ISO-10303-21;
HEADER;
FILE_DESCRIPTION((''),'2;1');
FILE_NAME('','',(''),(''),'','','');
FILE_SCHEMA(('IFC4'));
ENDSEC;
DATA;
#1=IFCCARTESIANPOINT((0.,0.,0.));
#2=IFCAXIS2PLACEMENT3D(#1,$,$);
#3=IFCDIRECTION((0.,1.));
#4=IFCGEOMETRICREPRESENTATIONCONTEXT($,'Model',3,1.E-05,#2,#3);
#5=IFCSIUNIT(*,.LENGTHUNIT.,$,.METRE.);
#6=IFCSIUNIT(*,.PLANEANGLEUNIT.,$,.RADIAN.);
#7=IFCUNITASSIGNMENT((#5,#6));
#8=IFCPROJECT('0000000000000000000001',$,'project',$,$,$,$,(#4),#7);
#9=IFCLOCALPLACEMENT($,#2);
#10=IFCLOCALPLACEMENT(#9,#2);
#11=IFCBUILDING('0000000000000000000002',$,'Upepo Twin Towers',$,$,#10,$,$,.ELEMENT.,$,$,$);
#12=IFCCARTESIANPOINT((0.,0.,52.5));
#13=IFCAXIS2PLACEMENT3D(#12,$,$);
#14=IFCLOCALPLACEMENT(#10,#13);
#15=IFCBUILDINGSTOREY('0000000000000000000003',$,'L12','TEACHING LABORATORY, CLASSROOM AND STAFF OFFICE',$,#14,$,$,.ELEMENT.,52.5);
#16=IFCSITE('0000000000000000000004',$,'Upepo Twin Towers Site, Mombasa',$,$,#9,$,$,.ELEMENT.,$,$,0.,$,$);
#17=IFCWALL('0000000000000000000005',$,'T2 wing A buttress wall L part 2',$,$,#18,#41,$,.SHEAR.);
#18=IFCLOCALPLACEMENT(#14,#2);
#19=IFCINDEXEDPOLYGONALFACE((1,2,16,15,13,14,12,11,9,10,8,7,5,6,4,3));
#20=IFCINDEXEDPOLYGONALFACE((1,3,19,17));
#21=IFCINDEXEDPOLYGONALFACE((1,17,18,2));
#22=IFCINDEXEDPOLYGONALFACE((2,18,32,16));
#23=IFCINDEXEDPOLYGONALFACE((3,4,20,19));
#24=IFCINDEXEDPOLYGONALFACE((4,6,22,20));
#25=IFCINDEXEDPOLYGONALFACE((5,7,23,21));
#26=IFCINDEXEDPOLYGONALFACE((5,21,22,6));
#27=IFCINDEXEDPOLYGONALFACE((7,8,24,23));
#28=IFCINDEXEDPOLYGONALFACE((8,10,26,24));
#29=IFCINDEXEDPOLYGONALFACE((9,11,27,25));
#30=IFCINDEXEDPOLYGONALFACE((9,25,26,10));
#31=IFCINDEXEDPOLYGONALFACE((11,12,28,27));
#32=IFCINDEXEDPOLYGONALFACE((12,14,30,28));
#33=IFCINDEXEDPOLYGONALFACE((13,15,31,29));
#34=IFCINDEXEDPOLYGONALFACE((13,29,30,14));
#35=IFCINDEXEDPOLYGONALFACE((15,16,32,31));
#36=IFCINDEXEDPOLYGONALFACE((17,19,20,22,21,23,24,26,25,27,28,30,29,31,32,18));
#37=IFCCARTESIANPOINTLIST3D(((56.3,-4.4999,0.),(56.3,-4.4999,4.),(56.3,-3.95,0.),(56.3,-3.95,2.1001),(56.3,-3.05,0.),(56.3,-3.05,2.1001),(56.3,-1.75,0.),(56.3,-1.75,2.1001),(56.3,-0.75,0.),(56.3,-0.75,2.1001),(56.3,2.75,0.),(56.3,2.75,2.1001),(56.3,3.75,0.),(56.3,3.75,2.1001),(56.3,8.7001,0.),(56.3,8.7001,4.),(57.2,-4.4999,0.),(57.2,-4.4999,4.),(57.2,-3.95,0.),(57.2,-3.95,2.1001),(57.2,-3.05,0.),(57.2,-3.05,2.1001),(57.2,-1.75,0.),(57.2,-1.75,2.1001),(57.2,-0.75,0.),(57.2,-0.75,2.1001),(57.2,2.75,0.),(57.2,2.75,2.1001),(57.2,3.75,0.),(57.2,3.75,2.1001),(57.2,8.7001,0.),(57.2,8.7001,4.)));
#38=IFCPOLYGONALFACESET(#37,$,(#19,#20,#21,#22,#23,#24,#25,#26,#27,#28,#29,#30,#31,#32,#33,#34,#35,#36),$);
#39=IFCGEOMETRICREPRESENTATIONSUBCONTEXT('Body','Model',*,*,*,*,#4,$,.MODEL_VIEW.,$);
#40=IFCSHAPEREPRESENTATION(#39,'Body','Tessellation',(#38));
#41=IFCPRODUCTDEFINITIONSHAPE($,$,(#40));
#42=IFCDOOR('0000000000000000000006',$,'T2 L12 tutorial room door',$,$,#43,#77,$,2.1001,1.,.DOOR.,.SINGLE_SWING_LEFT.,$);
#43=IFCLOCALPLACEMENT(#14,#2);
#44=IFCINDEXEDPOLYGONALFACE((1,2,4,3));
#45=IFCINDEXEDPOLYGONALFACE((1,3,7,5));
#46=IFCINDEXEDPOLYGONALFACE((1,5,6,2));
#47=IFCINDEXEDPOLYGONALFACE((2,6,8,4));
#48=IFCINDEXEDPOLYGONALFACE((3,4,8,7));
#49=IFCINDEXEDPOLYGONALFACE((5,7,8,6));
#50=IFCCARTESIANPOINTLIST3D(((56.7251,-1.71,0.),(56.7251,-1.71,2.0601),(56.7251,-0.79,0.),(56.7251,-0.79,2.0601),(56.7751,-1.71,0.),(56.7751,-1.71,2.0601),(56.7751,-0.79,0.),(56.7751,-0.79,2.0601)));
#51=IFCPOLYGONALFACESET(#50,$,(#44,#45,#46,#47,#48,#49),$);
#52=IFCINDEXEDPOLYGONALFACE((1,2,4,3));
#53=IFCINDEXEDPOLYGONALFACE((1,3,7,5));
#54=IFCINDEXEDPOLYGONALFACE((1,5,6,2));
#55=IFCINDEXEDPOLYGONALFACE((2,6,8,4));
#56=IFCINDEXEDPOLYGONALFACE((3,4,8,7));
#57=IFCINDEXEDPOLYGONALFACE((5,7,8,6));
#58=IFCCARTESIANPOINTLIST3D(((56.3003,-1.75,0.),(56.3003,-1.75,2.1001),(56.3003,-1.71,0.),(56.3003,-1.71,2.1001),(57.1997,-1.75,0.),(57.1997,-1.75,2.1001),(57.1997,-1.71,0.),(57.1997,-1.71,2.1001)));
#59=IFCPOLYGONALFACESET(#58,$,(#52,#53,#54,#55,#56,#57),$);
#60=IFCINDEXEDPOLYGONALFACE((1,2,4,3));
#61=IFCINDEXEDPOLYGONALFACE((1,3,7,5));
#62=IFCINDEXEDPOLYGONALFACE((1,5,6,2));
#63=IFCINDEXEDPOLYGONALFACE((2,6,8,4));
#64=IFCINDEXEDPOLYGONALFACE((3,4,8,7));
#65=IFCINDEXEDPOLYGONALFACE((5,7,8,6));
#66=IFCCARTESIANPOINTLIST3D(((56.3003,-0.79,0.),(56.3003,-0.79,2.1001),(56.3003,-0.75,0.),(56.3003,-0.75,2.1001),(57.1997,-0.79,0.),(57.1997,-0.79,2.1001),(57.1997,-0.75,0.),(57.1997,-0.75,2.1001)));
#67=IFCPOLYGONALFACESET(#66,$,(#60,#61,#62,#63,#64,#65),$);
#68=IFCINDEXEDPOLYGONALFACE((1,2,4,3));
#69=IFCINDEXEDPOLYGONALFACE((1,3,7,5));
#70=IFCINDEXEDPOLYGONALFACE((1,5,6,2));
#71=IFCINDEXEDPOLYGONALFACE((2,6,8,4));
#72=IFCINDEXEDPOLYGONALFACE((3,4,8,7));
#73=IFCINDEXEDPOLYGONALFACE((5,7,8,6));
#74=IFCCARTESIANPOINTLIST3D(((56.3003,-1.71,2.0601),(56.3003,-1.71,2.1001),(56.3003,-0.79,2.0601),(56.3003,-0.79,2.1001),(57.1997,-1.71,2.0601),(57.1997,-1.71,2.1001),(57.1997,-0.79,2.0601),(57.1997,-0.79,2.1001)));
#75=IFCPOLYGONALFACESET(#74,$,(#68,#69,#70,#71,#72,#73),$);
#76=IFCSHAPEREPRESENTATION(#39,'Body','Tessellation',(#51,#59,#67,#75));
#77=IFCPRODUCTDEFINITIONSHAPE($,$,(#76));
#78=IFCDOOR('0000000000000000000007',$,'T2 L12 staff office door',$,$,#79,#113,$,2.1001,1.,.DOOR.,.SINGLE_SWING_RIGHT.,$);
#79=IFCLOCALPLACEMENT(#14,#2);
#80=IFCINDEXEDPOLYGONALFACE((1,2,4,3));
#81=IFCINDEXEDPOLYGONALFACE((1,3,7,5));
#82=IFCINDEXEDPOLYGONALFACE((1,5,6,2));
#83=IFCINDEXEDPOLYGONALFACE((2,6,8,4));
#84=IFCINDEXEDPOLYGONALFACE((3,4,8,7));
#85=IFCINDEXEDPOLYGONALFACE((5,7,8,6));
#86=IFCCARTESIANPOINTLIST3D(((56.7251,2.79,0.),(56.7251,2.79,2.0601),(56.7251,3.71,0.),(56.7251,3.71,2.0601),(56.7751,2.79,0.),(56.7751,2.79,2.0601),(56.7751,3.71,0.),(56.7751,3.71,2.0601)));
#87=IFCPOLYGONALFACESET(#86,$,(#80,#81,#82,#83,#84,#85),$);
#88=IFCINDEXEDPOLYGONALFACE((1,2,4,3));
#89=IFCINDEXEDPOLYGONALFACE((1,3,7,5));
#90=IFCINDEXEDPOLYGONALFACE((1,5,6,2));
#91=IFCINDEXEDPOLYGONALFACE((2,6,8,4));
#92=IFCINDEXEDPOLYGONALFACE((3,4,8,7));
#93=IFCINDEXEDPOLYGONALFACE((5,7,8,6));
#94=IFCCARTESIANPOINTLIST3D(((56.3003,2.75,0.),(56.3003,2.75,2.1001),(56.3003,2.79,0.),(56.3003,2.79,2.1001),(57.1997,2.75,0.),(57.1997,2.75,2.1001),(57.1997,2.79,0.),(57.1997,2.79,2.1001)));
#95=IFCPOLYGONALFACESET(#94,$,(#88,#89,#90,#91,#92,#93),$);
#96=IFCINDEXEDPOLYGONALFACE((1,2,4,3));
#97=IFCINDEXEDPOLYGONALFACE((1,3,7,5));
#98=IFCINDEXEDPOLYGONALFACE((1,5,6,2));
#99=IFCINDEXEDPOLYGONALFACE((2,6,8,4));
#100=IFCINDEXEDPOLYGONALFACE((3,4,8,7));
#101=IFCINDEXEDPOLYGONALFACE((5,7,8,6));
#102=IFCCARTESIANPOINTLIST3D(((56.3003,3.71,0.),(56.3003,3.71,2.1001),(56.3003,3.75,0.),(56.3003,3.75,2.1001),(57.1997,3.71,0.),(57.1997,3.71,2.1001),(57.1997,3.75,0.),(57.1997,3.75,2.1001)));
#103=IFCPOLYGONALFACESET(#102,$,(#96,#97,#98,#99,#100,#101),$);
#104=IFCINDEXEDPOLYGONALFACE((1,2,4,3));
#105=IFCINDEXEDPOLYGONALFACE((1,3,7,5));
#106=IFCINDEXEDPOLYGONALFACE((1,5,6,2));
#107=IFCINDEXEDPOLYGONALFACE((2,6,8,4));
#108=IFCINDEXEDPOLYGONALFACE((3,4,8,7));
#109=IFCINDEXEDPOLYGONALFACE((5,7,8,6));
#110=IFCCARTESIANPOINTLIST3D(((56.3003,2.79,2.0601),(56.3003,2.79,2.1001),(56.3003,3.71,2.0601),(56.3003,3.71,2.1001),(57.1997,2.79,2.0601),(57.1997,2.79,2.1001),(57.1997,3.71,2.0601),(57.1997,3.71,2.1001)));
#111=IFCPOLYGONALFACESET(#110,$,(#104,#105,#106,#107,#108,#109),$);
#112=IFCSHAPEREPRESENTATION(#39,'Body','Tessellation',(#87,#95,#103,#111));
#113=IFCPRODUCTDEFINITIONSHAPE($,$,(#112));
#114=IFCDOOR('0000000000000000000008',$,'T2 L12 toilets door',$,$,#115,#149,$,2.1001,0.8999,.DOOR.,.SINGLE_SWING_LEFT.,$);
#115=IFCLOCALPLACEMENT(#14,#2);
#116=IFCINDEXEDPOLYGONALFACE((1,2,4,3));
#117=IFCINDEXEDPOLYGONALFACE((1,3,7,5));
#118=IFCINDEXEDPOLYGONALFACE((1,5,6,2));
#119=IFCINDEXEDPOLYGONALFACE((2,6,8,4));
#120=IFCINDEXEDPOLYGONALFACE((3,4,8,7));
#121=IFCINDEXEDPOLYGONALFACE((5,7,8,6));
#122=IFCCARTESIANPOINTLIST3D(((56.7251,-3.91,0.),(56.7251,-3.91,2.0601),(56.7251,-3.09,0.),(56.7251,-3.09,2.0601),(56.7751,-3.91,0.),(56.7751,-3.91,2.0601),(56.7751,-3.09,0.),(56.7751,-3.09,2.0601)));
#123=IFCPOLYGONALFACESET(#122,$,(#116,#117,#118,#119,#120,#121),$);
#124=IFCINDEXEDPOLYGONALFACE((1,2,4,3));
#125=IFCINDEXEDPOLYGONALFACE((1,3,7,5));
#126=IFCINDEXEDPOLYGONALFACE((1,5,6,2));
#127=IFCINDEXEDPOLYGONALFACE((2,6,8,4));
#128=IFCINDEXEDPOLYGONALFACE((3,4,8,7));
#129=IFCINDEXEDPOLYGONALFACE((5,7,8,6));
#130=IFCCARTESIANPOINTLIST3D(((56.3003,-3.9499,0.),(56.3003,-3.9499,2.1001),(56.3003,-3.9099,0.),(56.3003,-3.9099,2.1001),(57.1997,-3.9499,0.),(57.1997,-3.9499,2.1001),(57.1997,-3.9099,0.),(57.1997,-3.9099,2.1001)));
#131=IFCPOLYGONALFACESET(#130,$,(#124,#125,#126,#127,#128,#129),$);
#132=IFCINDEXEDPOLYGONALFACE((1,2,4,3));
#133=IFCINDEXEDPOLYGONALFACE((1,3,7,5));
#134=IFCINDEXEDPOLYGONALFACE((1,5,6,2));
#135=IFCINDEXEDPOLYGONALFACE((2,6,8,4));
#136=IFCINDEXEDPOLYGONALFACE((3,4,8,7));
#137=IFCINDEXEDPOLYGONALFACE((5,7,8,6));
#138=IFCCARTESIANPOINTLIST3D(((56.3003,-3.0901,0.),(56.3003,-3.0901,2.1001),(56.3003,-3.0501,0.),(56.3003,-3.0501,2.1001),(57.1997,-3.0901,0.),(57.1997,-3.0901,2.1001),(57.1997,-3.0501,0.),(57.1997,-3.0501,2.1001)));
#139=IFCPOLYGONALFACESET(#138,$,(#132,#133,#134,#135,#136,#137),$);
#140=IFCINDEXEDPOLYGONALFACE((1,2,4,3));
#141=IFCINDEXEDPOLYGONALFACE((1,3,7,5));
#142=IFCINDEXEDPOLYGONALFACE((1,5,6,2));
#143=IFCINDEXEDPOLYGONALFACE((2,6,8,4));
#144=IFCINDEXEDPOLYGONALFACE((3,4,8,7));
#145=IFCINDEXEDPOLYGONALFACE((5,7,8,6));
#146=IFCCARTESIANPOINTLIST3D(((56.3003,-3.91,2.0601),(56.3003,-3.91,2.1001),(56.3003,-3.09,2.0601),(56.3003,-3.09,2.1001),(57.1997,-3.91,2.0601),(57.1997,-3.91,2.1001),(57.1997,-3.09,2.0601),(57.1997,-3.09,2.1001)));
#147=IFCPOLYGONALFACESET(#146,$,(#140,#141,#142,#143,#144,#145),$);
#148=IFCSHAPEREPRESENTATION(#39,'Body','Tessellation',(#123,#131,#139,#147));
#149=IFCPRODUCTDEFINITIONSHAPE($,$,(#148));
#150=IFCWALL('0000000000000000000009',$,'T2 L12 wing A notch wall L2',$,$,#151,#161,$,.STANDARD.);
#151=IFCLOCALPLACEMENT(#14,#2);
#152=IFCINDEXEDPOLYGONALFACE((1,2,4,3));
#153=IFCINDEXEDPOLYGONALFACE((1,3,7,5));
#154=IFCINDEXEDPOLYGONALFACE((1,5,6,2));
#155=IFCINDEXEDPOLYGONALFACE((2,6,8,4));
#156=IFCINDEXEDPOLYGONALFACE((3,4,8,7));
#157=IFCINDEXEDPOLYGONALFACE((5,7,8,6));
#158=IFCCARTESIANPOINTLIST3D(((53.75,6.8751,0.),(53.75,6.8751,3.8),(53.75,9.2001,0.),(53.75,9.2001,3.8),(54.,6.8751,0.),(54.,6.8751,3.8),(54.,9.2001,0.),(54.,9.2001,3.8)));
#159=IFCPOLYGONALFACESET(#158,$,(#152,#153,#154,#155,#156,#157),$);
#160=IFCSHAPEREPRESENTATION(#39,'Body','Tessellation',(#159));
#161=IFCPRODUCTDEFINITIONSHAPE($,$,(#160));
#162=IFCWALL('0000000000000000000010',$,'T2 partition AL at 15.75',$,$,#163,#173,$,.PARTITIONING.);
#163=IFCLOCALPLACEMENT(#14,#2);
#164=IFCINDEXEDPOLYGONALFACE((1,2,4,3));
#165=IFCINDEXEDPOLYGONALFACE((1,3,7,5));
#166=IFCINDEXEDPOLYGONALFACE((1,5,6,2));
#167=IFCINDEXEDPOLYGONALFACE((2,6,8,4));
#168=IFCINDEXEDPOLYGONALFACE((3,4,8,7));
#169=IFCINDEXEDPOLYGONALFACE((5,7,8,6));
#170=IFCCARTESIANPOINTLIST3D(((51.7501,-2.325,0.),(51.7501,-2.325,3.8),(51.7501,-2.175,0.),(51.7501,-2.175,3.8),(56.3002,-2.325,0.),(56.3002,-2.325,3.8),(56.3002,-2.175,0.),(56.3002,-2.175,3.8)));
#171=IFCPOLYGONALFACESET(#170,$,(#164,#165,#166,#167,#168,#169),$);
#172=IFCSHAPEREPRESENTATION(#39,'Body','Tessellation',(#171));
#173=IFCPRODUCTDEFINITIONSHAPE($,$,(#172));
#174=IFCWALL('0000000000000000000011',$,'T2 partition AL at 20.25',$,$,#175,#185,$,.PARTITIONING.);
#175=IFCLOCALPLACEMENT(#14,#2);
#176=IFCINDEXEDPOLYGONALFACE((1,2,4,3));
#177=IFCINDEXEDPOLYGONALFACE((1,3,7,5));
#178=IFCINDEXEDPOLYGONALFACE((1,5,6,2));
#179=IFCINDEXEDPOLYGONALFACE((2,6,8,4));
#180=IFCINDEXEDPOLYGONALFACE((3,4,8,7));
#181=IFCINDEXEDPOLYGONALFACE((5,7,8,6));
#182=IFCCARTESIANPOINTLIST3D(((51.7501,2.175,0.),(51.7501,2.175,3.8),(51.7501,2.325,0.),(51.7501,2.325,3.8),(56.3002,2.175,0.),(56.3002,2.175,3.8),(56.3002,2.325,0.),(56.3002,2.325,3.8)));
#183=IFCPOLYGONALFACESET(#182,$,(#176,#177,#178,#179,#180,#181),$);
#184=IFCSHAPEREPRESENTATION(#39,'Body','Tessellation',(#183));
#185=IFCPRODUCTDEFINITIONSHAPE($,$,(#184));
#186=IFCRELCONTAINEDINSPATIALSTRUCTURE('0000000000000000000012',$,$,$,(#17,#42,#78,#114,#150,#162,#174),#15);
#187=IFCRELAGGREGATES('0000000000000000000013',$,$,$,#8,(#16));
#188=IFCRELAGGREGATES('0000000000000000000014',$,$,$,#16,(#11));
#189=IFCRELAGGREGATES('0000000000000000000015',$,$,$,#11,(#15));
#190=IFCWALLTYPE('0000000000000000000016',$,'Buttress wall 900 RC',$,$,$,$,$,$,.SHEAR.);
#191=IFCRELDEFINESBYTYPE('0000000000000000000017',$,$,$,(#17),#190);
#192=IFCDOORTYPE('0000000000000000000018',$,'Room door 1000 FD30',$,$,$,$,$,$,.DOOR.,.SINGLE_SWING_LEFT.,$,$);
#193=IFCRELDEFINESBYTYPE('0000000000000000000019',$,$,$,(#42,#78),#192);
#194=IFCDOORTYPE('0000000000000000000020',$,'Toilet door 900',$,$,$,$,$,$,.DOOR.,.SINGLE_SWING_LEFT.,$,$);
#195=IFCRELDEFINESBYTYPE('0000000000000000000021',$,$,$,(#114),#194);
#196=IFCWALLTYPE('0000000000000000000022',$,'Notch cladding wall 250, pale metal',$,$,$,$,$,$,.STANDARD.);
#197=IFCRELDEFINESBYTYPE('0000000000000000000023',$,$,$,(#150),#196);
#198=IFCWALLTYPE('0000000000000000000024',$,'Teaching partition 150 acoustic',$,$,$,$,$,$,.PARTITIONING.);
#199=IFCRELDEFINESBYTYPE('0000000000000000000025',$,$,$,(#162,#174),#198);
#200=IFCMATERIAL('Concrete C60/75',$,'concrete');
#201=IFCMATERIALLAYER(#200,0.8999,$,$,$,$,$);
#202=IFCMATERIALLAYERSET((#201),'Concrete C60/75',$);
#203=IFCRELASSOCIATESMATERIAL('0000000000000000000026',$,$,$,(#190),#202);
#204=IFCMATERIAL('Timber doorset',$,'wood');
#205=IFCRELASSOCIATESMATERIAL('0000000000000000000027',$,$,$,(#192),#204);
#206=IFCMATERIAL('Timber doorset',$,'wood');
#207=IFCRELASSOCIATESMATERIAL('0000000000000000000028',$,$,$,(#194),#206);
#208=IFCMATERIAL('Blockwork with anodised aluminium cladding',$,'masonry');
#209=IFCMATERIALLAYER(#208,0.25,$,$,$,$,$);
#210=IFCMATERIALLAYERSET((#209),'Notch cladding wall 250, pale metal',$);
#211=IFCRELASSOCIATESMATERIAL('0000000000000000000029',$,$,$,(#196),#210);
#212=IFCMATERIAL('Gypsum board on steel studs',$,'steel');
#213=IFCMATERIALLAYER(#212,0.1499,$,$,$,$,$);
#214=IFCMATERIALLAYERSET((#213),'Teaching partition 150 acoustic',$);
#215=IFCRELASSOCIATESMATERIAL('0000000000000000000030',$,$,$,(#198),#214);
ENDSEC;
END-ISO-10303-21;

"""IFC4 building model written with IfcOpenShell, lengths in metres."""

from ifc_helpers import new_model, si_unit, direction, frame, frame_2d, origin, place, context, subcontext, project, spatial, rectangle, extrude, material, layer, layer_set, type_object, element, fill, save


model = new_model("IFC4")

# Units and contexts
model_context = context("Model", 3, precision=1e-05, world=origin(), true_north=direction((0.0, 1.0)))
body_context = subcontext(model_context, "Body", "Model", "MODEL_VIEW")
ifc_project = project(units=[si_unit("LENGTHUNIT", "METRE"), si_unit("PLANEANGLEUNIT", "RADIAN")], contexts=[model_context])

# Site, building, storey
site_placement = place(None, origin())
site = spatial("IfcSite", under=ifc_project, at=site_placement, Name="Upepo Twin Towers Site, Mombasa", CompositionType="ELEMENT", RefElevation=0.0)
building_placement = place(site_placement, origin())
building = spatial("IfcBuilding", under=site, at=building_placement, Name="Upepo Twin Towers", CompositionType="ELEMENT")
storey_placement = place(building_placement, frame((0.0, 0.0, 52.5)))
storey = spatial("IfcBuildingStorey", under=building, at=storey_placement, Name="L12", Description="TEACHING LABORATORY, CLASSROOM AND STAFF OFFICE", CompositionType="ELEMENT", Elevation=52.5)

# Wall, openings, doors
ifc_material_1 = material(Name="Concrete C60/75", Category="concrete")
ifc_layer_1 = layer(ifc_material_1, 0.8999)
ifc_layer_set_1 = layer_set([ifc_layer_1], Name="Concrete C60/75")
wall_type_1 = type_object("IfcWallType", Name="Buttress wall 900 RC", PredefinedType="SHEAR", material=ifc_layer_set_1)
wall_1_placement = place(storey_placement, frame((56.75, -4.5, 0.0), z_axis=(0.0, 0.0, 1.0), x_axis=(0.0, 1.0, 0.0)))
wall_1 = element("IfcWall", 1, at=wall_1_placement, inside=storey, type_object=wall_type_1, Name="T2 wing A buttress wall L part 2", PredefinedType="SHEAR", context=body_context, shape_type="SweptSolid", body=[
    extrude(rectangle(XDim=13.2, YDim=0.8999, at=frame_2d((6.6001, 0.0))), origin(), (0.0, 0.0, 1.0), 4.0),
])
opening_1_placement = place(wall_1_placement, frame((0.55, 0.0, 0.0)))
opening_1 = element("IfcOpeningElement", 2, at=opening_1_placement, cuts=wall_1, PredefinedType="OPENING", context=body_context, shape_type="SweptSolid", body=[
    extrude(rectangle(XDim=0.8999, YDim=2.1001, at=frame_2d((0.45, 1.05))), frame((0.0, 0.46, 0.0), z_axis=(0.0, -1.0, 0.0), x_axis=(1.0, 0.0, 0.0)), (0.0, 0.0, 1.0), 0.9199),
])
opening_2_placement = place(wall_1_placement, frame((2.75, 0.0, 0.0)))
opening_2 = element("IfcOpeningElement", 3, at=opening_2_placement, cuts=wall_1, PredefinedType="OPENING", context=body_context, shape_type="SweptSolid", body=[
    extrude(rectangle(XDim=1.0, YDim=2.1001, at=frame_2d((0.5, 1.05))), frame((0.0, 0.46, 0.0), z_axis=(0.0, -1.0, 0.0), x_axis=(1.0, 0.0, 0.0)), (0.0, 0.0, 1.0), 0.9199),
])
opening_3_placement = place(wall_1_placement, frame((7.25, 0.0, 0.0)))
opening_3 = element("IfcOpeningElement", 4, at=opening_3_placement, cuts=wall_1, PredefinedType="OPENING", context=body_context, shape_type="SweptSolid", body=[
    extrude(rectangle(XDim=1.0, YDim=2.1001, at=frame_2d((0.5, 1.05))), frame((0.0, 0.46, 0.0), z_axis=(0.0, -1.0, 0.0), x_axis=(1.0, 0.0, 0.0)), (0.0, 0.0, 1.0), 0.9199),
])
ifc_material_2 = material(Name="Timber doorset", Category="wood")
door_type_1 = type_object("IfcDoorType", Name="Room door 1000 FD30", OperationType="SINGLE_SWING_LEFT", PredefinedType="DOOR", material=ifc_material_2)
door_1_placement = place(opening_2_placement, origin())
door_1 = element("IfcDoor", 5, at=door_1_placement, inside=storey, type_object=door_type_1, Name="T2 L12 tutorial room door", OperationType="SINGLE_SWING_LEFT", OverallHeight=2.1001, OverallWidth=1.0, PredefinedType="DOOR", context=body_context, shape_type="SweptSolid", body=[
    extrude(rectangle(XDim=0.92, YDim=2.0601, at=frame_2d((0.5, 1.03))), frame((0.0, 0.0249, 0.0), z_axis=(0.0, -1.0, 0.0), x_axis=(1.0, 0.0, 0.0)), (0.0, 0.0, 1.0), 0.05),
    extrude(rectangle(XDim=0.04, YDim=2.1001, at=frame_2d((0.02, 1.05))), frame((0.0, 0.4497, 0.0), z_axis=(0.0, -1.0, 0.0), x_axis=(1.0, 0.0, 0.0)), (0.0, 0.0, 1.0), 0.8994),
    extrude(rectangle(XDim=0.04, YDim=2.1001, at=frame_2d((0.98, 1.05))), frame((0.0, 0.4497, 0.0), z_axis=(0.0, -1.0, 0.0), x_axis=(1.0, 0.0, 0.0)), (0.0, 0.0, 1.0), 0.8994),
    extrude(rectangle(XDim=0.92, YDim=0.04, at=frame_2d((0.5, 2.0801))), frame((0.0, 0.4497, 0.0), z_axis=(0.0, -1.0, 0.0), x_axis=(1.0, 0.0, 0.0)), (0.0, 0.0, 1.0), 0.8994),
])
fill(opening_2, door_1)
door_2_placement = place(opening_3_placement, origin())
door_2 = element("IfcDoor", 6, at=door_2_placement, inside=storey, type_object=door_type_1, Name="T2 L12 staff office door", OperationType="SINGLE_SWING_RIGHT", OverallHeight=2.1001, OverallWidth=1.0, PredefinedType="DOOR", context=body_context, shape_type="SweptSolid", body=[
    extrude(rectangle(XDim=0.92, YDim=2.0601, at=frame_2d((0.5, 1.03))), frame((0.0, 0.0249, 0.0), z_axis=(0.0, -1.0, 0.0), x_axis=(1.0, 0.0, 0.0)), (0.0, 0.0, 1.0), 0.05),
    extrude(rectangle(XDim=0.04, YDim=2.1001, at=frame_2d((0.02, 1.05))), frame((0.0, 0.4497, 0.0), z_axis=(0.0, -1.0, 0.0), x_axis=(1.0, 0.0, 0.0)), (0.0, 0.0, 1.0), 0.8994),
    extrude(rectangle(XDim=0.04, YDim=2.1001, at=frame_2d((0.98, 1.05))), frame((0.0, 0.4497, 0.0), z_axis=(0.0, -1.0, 0.0), x_axis=(1.0, 0.0, 0.0)), (0.0, 0.0, 1.0), 0.8994),
    extrude(rectangle(XDim=0.92, YDim=0.04, at=frame_2d((0.5, 2.0801))), frame((0.0, 0.4497, 0.0), z_axis=(0.0, -1.0, 0.0), x_axis=(1.0, 0.0, 0.0)), (0.0, 0.0, 1.0), 0.8994),
])
fill(opening_3, door_2)
ifc_material_3 = material(Name="Timber doorset", Category="wood")
door_type_2 = type_object("IfcDoorType", Name="Toilet door 900", OperationType="SINGLE_SWING_LEFT", PredefinedType="DOOR", material=ifc_material_3)
door_3_placement = place(opening_1_placement, origin())
door_3 = element("IfcDoor", 7, at=door_3_placement, inside=storey, type_object=door_type_2, Name="T2 L12 toilets door", OperationType="SINGLE_SWING_LEFT", OverallHeight=2.1001, OverallWidth=0.8999, PredefinedType="DOOR", context=body_context, shape_type="SweptSolid", body=[
    extrude(rectangle(XDim=0.8199, YDim=2.0601, at=frame_2d((0.45, 1.03))), frame((0.0, 0.0249, 0.0), z_axis=(0.0, -1.0, 0.0), x_axis=(1.0, 0.0, 0.0)), (0.0, 0.0, 1.0), 0.05),
    extrude(rectangle(XDim=0.04, YDim=2.1001, at=frame_2d((0.02, 1.05))), frame((0.0, 0.4497, 0.0), z_axis=(0.0, -1.0, 0.0), x_axis=(1.0, 0.0, 0.0)), (0.0, 0.0, 1.0), 0.8994),
    extrude(rectangle(XDim=0.04, YDim=2.1001, at=frame_2d((0.8799, 1.05))), frame((0.0, 0.4497, 0.0), z_axis=(0.0, -1.0, 0.0), x_axis=(1.0, 0.0, 0.0)), (0.0, 0.0, 1.0), 0.8994),
    extrude(rectangle(XDim=0.8199, YDim=0.04, at=frame_2d((0.45, 2.0801))), frame((0.0, 0.4497, 0.0), z_axis=(0.0, -1.0, 0.0), x_axis=(1.0, 0.0, 0.0)), (0.0, 0.0, 1.0), 0.8994),
])
fill(opening_1, door_3)

# Walls
ifc_material_4 = material(Name="Blockwork with anodised aluminium cladding", Category="masonry")
ifc_layer_2 = layer(ifc_material_4, 0.25)
ifc_layer_set_2 = layer_set([ifc_layer_2], Name="Notch cladding wall 250, pale metal")
wall_type_2 = type_object("IfcWallType", Name="Notch cladding wall 250, pale metal", PredefinedType="STANDARD", material=ifc_layer_set_2)
wall_2_placement = place(storey_placement, frame((53.875, 6.875, 0.0), z_axis=(0.0, 0.0, 1.0), x_axis=(0.0, 1.0, 0.0)))
element("IfcWall", 8, at=wall_2_placement, inside=storey, type_object=wall_type_2, Name="T2 L12 wing A notch wall L2", PredefinedType="STANDARD", context=body_context, shape_type="SweptSolid", body=[
    extrude(rectangle(XDim=2.325, YDim=0.25, at=frame_2d((1.1626, 0.0))), origin(), (0.0, 0.0, 1.0), 3.8),
])
ifc_material_5 = material(Name="Gypsum board on steel studs", Category="steel")
ifc_layer_3 = layer(ifc_material_5, 0.1499)
ifc_layer_set_3 = layer_set([ifc_layer_3], Name="Teaching partition 150 acoustic")
wall_type_3 = type_object("IfcWallType", Name="Teaching partition 150 acoustic", PredefinedType="PARTITIONING", material=ifc_layer_set_3)
for number, where, z_axis, x_axis, name in (
    (9, (56.3, -2.25, 0.0), (0.0, 0.0, 1.0), (-1.0, 0.0, 0.0), "T2 partition AL at 15.75"),
    (10, (56.3, 2.25, 0.0), (0.0, 0.0, 1.0), (-1.0, 0.0, 0.0), "T2 partition AL at 20.25"),
):
    element("IfcWall", number, at=place(storey_placement, frame(where, z_axis=z_axis, x_axis=x_axis)), inside=storey, type_object=wall_type_3, Name=name, PredefinedType="PARTITIONING", context=body_context, shape_type="SweptSolid", body=[
        extrude(rectangle(XDim=4.55, YDim=0.1499, at=frame_2d((2.2749, 0.0))), origin(), (0.0, 0.0, 1.0), 3.8),
    ])

save(model, "model.ifc")
